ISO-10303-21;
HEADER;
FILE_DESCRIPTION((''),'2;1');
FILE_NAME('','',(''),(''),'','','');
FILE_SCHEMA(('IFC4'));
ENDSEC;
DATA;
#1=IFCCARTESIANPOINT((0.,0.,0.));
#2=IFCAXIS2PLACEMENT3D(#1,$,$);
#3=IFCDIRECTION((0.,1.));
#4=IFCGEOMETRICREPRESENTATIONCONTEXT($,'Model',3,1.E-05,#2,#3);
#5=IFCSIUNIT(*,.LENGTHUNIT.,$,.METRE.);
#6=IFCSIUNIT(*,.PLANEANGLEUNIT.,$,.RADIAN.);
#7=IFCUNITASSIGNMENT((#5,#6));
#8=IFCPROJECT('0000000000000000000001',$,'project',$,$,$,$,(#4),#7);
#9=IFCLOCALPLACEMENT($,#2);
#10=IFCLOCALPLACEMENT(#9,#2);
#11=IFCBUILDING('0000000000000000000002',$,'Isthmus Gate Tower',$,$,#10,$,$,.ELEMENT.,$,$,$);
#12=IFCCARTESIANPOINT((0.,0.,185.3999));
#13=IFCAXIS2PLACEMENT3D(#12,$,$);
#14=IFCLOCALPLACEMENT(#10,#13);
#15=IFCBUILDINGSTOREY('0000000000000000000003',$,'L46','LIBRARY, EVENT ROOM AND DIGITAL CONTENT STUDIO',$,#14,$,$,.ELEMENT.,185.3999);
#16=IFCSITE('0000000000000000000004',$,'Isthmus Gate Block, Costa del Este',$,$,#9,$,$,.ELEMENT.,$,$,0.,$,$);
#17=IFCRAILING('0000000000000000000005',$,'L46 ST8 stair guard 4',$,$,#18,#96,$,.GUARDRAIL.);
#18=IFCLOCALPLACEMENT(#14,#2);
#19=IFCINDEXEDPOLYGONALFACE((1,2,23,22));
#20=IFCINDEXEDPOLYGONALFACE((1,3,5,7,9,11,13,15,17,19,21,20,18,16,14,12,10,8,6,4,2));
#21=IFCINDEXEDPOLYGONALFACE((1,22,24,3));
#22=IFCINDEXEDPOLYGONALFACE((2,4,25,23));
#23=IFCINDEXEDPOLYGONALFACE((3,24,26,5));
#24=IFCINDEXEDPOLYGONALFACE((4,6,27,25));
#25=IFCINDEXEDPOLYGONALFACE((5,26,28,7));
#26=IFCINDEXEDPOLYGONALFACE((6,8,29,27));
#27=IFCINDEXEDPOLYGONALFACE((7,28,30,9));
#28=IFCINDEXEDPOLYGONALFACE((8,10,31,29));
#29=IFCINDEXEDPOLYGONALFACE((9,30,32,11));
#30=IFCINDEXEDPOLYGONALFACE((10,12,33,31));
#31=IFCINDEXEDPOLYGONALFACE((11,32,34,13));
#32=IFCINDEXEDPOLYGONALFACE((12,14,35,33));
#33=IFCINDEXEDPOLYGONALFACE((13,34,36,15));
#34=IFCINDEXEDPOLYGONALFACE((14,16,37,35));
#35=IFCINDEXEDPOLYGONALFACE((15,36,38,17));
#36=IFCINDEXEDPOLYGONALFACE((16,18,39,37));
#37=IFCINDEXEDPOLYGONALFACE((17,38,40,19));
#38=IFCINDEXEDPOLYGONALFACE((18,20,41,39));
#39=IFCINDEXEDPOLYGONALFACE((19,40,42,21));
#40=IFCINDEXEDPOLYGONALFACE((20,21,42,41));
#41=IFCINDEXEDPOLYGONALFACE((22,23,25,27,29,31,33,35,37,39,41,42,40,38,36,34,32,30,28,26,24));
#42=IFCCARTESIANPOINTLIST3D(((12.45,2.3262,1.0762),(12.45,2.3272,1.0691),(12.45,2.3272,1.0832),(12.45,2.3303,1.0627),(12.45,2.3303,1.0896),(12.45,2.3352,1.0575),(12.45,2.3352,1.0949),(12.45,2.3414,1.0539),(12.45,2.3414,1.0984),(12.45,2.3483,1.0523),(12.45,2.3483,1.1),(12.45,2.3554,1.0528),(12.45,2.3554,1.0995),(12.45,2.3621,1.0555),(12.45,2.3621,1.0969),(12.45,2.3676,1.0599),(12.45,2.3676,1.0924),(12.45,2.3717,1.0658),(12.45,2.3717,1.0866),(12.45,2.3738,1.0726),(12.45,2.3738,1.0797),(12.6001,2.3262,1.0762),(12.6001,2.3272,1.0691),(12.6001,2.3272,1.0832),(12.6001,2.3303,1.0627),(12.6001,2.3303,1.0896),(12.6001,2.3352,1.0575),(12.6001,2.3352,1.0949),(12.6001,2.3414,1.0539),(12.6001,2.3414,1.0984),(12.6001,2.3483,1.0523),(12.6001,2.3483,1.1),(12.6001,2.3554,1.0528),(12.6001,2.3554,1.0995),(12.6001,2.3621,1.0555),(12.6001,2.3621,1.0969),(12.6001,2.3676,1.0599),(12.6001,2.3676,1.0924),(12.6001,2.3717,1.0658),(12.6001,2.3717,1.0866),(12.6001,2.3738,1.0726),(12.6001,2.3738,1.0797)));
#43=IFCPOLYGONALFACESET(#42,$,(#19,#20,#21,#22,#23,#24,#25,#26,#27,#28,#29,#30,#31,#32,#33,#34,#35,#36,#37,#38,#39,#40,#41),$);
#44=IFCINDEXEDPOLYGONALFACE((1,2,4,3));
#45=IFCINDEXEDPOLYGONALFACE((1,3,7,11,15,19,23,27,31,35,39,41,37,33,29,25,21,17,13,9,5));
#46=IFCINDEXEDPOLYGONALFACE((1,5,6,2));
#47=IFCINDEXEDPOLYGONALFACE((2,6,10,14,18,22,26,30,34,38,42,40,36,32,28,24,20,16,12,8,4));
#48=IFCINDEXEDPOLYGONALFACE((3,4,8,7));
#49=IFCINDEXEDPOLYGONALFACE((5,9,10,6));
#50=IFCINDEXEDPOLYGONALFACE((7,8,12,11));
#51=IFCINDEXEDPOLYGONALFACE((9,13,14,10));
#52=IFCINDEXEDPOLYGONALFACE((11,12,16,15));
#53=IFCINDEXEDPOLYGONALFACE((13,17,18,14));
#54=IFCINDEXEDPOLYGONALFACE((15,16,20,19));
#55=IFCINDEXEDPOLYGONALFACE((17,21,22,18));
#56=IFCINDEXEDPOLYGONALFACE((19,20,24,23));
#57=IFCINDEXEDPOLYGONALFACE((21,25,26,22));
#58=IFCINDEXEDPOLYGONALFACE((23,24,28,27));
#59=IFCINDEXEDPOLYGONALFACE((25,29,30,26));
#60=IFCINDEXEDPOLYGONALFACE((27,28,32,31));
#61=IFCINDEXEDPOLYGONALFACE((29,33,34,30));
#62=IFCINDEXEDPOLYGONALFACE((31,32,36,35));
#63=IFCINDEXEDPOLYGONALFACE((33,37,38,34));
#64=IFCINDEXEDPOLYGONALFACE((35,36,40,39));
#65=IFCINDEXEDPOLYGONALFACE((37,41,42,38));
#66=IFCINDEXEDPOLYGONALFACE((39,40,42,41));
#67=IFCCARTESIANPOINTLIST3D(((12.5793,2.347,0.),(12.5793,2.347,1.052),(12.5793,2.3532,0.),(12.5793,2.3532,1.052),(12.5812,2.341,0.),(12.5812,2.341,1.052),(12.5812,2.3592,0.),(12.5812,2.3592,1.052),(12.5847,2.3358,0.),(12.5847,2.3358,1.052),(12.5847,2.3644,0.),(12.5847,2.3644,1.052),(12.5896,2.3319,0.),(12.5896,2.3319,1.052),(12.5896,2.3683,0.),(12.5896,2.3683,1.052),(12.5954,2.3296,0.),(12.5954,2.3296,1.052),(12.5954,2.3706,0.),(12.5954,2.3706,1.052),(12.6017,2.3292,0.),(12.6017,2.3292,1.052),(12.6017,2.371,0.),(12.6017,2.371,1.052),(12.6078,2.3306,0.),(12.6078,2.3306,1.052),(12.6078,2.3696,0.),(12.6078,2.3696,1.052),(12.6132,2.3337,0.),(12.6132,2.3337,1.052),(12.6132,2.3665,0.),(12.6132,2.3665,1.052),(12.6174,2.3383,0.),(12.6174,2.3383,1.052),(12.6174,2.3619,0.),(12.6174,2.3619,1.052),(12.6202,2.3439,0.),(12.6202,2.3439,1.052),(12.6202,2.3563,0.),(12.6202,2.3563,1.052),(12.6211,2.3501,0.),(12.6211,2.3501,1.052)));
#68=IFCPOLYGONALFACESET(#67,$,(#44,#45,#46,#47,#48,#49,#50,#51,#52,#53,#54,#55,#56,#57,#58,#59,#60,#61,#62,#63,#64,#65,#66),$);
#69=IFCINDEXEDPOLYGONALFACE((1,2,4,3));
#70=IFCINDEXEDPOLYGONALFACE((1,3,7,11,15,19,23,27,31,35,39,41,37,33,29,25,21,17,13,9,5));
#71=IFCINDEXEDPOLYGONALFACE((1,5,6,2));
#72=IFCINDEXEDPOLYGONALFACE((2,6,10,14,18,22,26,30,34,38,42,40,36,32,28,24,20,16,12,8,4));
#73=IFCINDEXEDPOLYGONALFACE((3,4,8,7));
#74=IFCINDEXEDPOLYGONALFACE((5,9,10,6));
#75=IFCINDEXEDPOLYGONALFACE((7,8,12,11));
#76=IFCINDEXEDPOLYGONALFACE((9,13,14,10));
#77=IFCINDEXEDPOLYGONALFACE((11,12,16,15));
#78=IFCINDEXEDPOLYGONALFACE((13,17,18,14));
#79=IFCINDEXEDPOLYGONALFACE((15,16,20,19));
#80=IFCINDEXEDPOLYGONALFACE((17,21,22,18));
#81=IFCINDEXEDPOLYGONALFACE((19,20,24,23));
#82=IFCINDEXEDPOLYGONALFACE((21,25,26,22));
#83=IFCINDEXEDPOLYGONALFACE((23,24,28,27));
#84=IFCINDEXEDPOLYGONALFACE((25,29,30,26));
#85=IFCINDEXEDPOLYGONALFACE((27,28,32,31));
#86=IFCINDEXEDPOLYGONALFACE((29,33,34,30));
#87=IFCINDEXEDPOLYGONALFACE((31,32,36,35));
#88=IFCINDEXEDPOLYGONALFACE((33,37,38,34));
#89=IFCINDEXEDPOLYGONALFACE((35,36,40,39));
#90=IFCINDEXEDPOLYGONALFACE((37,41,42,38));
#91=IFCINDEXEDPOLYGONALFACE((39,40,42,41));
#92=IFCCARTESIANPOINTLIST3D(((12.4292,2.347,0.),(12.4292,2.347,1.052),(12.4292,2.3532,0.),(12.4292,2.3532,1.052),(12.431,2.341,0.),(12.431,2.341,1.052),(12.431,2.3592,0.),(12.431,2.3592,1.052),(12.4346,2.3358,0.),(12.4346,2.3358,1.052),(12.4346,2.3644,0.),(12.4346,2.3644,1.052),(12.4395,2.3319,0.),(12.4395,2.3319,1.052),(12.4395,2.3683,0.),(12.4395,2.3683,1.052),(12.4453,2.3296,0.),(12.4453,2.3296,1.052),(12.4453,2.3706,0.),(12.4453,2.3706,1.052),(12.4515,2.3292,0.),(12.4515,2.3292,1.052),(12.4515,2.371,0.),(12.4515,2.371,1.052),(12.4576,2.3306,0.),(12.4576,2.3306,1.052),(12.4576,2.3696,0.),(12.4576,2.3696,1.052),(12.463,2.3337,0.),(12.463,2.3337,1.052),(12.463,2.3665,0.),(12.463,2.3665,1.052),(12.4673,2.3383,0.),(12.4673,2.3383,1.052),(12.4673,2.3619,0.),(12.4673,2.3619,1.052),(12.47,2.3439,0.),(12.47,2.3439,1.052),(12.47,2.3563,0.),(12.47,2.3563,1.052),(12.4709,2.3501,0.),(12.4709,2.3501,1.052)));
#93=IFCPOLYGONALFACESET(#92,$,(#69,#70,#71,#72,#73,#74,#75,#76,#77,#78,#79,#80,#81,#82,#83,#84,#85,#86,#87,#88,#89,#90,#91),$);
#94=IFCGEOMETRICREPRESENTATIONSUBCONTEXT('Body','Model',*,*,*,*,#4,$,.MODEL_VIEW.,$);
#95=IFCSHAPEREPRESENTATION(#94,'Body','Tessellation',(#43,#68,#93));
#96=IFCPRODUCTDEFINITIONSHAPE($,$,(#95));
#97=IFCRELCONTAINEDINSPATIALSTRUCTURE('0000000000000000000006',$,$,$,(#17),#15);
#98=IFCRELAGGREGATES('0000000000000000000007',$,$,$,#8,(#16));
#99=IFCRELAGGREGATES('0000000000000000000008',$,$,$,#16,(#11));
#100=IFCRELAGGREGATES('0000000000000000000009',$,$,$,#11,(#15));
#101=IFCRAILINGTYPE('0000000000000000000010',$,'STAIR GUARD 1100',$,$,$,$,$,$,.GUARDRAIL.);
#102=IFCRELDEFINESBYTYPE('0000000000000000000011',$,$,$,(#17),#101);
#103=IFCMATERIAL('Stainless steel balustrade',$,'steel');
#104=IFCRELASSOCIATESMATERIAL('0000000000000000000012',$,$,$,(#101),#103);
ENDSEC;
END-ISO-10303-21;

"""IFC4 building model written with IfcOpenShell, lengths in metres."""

from ifc_helpers import new_model, si_unit, direction, frame, origin, origin_2d, place, context, subcontext, project, spatial, circle, extrude, material, type_object, element, save


model = new_model("IFC4")

# Units and contexts
model_context = context("Model", 3, precision=1e-05, world=origin(), true_north=direction((0.0, 1.0)))
body_context = subcontext(model_context, "Body", "Model", "MODEL_VIEW")
ifc_project = project(units=[si_unit("LENGTHUNIT", "METRE"), si_unit("PLANEANGLEUNIT", "RADIAN")], contexts=[model_context])

# Site, building, storey
site_placement = place(None, origin())
site = spatial("IfcSite", under=ifc_project, at=site_placement, Name="Isthmus Gate Block, Costa del Este", CompositionType="ELEMENT", RefElevation=0.0)
building_placement = place(site_placement, origin())
building = spatial("IfcBuilding", under=site, at=building_placement, Name="Isthmus Gate Tower", CompositionType="ELEMENT")
storey_placement = place(building_placement, frame((0.0, 0.0, 185.3999)))
storey = spatial("IfcBuildingStorey", under=building, at=storey_placement, Name="L46", Description="LIBRARY, EVENT ROOM AND DIGITAL CONTENT STUDIO", CompositionType="ELEMENT", Elevation=185.3999)

# Railing
ifc_material_1 = material(Name="Stainless steel balustrade", Category="steel")
railing_type_1 = type_object("IfcRailingType", Name="STAIR GUARD 1100", PredefinedType="GUARDRAIL", material=ifc_material_1)
railing_1_placement = place(storey_placement, frame((12.6001, 2.3501, 0.0)))
element("IfcRailing", 1, at=railing_1_placement, inside=storey, type_object=railing_type_1, Name="L46 ST8 stair guard 4", PredefinedType="GUARDRAIL", context=body_context, shape_type="SweptSolid", body=[
    extrude(circle(Radius=0.0239, at=origin_2d()), frame((0.0, 0.0, 1.0762), z_axis=(-1.0, 0.0, 0.0), x_axis=(0.0, -1.0, 0.0)), (0.0, 0.0, 1.0), 0.1501),
    extrude(circle(Radius=0.021, at=origin_2d()), origin(), (0.0, 0.0, 1.0), 1.052),
    extrude(circle(Radius=0.021, at=origin_2d()), frame((-0.1501, 0.0, 0.0)), (0.0, 0.0, 1.0), 1.052),
])

save(model, "model.ifc")
